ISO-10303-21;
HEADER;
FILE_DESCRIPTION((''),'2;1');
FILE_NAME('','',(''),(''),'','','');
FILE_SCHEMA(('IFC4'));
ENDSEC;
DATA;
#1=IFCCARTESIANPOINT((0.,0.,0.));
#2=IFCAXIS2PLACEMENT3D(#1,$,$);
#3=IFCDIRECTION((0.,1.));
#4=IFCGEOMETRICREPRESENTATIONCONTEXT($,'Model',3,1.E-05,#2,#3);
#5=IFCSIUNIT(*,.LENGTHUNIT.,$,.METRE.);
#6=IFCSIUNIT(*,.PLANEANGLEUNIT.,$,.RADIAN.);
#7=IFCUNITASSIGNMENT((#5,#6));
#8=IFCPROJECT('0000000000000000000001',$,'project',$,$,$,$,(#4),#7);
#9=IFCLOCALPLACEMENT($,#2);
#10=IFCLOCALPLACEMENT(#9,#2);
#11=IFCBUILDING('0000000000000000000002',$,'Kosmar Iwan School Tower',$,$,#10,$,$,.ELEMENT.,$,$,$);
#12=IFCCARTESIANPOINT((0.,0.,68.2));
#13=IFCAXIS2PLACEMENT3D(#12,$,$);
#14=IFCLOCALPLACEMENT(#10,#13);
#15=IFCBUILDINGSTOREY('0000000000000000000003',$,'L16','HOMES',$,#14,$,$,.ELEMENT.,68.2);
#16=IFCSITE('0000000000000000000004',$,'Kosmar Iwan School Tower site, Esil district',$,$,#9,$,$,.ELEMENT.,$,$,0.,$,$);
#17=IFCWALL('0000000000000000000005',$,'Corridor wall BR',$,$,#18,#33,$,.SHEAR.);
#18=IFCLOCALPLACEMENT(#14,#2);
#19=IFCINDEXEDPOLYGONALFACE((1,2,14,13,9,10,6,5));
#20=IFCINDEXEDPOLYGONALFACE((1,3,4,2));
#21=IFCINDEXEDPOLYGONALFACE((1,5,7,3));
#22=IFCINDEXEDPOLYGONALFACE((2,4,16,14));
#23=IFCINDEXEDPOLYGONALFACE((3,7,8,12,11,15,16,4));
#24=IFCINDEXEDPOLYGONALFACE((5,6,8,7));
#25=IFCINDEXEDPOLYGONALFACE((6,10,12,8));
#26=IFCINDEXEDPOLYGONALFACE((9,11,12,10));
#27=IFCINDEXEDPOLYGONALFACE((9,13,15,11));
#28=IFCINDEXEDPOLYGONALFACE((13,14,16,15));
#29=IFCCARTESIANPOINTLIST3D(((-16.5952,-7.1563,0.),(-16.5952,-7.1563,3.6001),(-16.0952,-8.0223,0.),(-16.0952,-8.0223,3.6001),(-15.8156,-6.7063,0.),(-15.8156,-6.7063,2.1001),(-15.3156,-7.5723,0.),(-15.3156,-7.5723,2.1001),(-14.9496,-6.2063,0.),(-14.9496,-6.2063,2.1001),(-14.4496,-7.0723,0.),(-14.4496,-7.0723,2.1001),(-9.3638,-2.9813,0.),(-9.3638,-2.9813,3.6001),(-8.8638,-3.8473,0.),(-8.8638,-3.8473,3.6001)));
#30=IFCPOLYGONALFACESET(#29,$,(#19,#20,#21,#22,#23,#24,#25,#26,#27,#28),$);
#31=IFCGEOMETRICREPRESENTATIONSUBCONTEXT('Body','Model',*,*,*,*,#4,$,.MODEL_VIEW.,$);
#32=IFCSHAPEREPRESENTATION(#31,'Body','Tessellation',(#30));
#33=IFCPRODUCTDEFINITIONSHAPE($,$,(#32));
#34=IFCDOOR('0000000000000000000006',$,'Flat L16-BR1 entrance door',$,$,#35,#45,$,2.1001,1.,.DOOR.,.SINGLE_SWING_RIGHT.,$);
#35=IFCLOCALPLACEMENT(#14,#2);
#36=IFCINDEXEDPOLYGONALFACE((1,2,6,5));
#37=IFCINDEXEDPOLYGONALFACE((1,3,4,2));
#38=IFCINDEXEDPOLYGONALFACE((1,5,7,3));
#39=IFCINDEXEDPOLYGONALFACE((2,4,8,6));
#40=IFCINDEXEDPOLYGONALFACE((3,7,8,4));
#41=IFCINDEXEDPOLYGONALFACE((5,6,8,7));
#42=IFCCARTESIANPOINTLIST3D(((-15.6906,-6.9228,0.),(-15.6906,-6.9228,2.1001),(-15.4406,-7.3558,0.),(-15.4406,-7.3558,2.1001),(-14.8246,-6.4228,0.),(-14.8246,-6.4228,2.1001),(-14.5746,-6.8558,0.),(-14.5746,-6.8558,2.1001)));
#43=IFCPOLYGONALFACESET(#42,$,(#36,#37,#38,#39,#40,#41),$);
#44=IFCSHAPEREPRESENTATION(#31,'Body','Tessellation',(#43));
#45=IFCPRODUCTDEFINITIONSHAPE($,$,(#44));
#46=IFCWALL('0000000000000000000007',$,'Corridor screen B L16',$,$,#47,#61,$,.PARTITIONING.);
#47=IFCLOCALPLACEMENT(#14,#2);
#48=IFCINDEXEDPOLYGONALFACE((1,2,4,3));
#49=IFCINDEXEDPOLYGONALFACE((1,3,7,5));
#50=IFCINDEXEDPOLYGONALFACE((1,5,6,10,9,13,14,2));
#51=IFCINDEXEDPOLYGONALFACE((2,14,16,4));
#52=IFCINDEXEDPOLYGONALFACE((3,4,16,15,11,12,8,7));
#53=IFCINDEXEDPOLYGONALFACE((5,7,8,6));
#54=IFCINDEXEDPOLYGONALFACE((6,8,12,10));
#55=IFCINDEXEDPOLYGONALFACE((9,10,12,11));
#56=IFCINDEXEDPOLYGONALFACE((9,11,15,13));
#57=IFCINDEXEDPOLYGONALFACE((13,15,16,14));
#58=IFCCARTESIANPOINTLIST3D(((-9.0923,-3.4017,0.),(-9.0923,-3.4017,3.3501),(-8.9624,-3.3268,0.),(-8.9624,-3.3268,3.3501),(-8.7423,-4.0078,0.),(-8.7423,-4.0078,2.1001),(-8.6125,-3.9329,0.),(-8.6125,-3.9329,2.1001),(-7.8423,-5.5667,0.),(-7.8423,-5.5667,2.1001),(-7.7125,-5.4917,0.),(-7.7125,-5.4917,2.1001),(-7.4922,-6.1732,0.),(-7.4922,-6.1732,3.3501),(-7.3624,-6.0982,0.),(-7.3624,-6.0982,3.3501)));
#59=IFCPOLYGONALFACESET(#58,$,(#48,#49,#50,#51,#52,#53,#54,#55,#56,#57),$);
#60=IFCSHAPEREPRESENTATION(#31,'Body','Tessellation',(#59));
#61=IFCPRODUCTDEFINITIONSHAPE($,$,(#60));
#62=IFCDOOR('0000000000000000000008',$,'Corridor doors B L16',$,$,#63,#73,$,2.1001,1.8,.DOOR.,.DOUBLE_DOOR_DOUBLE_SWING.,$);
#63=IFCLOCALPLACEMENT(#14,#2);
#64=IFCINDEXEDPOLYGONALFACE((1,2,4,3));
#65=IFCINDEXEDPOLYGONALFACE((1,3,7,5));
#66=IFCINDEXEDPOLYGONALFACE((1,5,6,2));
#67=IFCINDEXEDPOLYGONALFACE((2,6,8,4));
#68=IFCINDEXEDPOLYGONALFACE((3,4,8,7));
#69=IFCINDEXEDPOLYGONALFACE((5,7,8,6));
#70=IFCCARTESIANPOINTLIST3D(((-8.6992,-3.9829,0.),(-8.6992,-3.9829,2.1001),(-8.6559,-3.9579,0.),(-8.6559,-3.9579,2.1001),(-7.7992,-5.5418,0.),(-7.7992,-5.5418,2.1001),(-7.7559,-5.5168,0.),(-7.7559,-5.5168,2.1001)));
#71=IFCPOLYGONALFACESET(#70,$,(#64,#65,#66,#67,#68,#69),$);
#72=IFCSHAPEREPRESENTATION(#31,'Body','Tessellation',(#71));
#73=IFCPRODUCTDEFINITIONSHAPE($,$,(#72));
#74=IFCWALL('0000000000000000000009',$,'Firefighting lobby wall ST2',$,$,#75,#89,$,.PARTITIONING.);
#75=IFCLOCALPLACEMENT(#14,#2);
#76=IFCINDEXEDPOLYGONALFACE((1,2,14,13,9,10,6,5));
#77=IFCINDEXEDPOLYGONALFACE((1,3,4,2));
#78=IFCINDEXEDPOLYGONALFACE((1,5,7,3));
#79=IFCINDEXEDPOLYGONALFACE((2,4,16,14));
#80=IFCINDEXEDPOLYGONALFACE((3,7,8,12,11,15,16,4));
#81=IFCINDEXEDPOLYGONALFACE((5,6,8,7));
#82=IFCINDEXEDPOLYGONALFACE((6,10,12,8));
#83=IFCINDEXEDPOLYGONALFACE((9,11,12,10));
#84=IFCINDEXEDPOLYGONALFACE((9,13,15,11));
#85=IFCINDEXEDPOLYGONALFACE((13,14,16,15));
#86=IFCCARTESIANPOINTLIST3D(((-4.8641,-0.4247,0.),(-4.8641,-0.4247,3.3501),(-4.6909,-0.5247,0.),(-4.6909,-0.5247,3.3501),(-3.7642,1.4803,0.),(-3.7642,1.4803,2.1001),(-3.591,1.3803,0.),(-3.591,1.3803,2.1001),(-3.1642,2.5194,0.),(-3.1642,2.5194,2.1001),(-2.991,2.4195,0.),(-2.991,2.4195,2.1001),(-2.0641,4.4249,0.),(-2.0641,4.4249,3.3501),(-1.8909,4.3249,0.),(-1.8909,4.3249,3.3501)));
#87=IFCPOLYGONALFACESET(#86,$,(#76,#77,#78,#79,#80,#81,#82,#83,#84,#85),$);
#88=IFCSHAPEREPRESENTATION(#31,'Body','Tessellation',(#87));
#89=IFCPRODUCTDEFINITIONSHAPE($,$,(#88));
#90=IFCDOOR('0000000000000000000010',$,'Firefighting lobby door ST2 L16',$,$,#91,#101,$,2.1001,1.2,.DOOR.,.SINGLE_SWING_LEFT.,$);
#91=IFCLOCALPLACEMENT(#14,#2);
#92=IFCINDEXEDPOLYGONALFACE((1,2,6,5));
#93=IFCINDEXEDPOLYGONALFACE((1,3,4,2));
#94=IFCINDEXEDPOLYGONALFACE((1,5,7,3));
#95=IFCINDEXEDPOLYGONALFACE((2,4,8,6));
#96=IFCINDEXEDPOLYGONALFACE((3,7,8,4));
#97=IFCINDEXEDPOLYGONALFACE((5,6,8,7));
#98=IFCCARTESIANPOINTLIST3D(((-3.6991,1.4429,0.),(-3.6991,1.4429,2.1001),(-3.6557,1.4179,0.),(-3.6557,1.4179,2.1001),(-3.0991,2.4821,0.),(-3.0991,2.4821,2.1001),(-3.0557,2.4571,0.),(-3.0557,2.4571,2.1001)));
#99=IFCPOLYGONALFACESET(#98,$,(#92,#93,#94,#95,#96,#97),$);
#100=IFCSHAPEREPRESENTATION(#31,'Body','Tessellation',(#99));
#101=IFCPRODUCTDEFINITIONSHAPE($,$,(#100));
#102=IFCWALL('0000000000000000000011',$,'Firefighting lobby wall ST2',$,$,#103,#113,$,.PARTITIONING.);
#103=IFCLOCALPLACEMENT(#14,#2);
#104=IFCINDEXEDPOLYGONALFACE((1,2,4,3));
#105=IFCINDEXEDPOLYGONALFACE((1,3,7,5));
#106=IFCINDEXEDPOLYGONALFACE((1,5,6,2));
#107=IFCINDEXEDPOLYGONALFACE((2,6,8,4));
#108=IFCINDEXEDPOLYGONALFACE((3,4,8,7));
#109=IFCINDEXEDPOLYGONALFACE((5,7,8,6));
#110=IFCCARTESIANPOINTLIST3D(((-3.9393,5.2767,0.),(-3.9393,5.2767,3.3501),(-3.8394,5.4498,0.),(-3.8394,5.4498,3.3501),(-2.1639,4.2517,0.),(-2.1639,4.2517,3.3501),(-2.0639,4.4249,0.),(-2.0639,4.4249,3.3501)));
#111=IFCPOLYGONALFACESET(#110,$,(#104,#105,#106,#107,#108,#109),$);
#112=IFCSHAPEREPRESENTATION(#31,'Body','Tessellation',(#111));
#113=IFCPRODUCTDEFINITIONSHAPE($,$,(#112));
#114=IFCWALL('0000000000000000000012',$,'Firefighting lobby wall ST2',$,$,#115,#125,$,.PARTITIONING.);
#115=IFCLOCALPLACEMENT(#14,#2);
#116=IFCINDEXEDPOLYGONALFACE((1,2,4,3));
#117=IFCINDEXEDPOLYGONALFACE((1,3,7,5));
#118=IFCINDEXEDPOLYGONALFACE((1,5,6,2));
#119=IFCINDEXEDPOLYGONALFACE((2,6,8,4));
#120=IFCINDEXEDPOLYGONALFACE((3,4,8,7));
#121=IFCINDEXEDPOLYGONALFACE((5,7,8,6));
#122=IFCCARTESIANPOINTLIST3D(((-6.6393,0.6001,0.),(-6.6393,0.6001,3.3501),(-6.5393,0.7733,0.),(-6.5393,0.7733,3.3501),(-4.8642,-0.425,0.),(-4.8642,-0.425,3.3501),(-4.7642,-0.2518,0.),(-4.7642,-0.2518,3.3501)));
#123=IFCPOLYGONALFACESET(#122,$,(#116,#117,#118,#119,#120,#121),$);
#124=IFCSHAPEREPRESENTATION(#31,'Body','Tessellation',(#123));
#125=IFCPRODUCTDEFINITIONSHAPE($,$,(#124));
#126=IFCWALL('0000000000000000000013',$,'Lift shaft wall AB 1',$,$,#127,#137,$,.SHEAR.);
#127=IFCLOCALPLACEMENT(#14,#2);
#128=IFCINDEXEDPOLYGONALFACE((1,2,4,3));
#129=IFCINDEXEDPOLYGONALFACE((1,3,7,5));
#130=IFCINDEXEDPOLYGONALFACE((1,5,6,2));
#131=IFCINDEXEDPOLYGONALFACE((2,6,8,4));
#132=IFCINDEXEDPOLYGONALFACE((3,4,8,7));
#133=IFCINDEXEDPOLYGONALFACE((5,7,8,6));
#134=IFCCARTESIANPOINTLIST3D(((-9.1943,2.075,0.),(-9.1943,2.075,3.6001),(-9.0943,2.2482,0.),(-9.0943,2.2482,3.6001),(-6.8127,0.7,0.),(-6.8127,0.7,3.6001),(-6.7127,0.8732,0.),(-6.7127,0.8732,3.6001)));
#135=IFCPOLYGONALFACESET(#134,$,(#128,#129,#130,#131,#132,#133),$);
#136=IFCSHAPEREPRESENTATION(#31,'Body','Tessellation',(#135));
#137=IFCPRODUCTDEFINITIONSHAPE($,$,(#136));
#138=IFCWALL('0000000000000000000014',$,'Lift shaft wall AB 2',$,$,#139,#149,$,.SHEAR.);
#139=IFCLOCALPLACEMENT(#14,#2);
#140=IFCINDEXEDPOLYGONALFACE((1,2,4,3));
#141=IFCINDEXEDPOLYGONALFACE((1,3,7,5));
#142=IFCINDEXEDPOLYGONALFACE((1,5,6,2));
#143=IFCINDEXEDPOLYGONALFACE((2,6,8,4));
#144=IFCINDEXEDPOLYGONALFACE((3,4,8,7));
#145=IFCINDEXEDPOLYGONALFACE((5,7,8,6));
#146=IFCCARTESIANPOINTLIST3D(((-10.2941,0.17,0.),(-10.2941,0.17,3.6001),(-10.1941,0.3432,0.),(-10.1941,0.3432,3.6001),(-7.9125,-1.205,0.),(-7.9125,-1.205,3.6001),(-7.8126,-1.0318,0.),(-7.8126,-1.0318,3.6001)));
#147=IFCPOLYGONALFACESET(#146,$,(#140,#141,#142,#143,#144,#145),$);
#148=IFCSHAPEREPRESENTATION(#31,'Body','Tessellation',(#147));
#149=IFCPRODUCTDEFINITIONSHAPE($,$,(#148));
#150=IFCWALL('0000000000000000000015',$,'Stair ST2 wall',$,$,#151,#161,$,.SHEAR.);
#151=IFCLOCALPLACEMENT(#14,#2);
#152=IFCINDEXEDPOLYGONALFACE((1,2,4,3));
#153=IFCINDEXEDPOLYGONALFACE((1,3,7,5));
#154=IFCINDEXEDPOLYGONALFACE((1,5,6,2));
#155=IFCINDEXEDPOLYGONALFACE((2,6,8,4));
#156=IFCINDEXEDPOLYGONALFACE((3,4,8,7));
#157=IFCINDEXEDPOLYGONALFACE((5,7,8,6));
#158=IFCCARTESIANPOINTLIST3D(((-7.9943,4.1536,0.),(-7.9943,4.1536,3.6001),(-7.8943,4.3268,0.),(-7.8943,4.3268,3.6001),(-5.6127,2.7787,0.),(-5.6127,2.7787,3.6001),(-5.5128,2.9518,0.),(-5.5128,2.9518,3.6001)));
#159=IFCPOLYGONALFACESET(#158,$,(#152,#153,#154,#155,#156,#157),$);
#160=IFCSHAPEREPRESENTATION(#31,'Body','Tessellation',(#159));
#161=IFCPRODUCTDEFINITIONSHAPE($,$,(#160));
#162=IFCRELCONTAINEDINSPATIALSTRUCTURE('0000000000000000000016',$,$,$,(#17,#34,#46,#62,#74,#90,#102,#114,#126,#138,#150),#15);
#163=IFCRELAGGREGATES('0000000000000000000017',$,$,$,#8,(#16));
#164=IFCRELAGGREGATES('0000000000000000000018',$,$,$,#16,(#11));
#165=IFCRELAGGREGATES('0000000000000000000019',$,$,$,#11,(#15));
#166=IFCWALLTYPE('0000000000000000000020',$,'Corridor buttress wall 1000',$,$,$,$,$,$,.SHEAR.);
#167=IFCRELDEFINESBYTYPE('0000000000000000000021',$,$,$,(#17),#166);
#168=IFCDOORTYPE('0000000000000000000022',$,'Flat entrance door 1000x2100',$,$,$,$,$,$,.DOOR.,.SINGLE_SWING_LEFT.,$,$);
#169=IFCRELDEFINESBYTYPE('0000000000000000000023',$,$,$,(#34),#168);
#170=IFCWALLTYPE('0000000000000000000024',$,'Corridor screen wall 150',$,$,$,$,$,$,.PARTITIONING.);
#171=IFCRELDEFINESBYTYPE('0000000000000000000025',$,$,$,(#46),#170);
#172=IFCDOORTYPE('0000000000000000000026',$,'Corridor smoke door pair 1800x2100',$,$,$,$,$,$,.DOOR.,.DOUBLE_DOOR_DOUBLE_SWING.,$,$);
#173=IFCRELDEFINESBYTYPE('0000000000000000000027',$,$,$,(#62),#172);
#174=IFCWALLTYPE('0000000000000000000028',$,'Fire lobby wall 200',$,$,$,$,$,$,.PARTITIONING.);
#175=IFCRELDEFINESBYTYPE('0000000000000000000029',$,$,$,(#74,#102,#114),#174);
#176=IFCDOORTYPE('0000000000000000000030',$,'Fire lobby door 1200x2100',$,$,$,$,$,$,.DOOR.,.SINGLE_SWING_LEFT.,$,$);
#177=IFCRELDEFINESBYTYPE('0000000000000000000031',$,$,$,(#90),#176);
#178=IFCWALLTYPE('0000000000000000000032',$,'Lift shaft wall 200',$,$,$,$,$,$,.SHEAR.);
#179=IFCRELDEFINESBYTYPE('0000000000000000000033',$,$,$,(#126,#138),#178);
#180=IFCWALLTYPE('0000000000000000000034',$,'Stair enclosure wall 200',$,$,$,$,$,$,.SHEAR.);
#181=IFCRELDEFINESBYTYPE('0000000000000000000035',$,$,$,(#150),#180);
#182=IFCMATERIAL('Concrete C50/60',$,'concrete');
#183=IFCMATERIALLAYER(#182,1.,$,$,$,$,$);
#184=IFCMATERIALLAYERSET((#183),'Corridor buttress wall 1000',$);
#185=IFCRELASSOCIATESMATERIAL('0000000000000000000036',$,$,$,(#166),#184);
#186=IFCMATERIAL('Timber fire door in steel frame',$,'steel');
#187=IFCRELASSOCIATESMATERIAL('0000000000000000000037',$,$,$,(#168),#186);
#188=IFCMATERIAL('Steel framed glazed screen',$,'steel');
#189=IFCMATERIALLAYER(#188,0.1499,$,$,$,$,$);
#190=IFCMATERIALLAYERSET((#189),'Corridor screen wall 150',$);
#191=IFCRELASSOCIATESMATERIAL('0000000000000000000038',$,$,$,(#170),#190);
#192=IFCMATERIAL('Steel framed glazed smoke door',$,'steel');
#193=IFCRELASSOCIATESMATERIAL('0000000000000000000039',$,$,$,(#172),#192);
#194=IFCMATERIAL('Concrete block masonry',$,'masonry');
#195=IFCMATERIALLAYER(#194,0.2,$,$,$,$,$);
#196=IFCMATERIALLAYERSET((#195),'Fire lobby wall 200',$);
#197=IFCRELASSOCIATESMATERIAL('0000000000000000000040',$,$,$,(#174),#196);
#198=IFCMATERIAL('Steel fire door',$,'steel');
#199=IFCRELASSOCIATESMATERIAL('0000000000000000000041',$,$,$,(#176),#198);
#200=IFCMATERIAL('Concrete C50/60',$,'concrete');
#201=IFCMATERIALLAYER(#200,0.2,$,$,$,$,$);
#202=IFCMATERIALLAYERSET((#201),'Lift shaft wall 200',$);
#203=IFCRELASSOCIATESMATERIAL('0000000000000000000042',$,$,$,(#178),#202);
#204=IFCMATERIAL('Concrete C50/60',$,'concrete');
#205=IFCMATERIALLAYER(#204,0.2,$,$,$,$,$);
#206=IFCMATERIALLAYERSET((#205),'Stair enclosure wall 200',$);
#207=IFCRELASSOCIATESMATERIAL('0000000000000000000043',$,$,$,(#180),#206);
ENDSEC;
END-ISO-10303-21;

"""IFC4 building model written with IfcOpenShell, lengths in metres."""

from ifc_helpers import new_model, si_unit, direction, frame, frame_2d, origin, place, context, subcontext, project, spatial, rectangle, extrude, material, layer, layer_set, type_object, element, fill, save


model = new_model("IFC4")

# Units and contexts
model_context = context("Model", 3, precision=1e-05, world=origin(), true_north=direction((0.0, 1.0)))
body_context = subcontext(model_context, "Body", "Model", "MODEL_VIEW")
ifc_project = project(units=[si_unit("LENGTHUNIT", "METRE"), si_unit("PLANEANGLEUNIT", "RADIAN")], contexts=[model_context])

# Site, building, storey
site_placement = place(None, origin())
site = spatial("IfcSite", under=ifc_project, at=site_placement, Name="Kosmar Iwan School Tower site, Esil district", CompositionType="ELEMENT", RefElevation=0.0)
building_placement = place(site_placement, origin())
building = spatial("IfcBuilding", under=site, at=building_placement, Name="Kosmar Iwan School Tower", CompositionType="ELEMENT")
storey_placement = place(building_placement, frame((0.0, 0.0, 68.2)))
storey = spatial("IfcBuildingStorey", under=building, at=storey_placement, Name="L16", Description="HOMES", CompositionType="ELEMENT", Elevation=68.2)

# Walls, openings, doors
ifc_material_1 = material(Name="Concrete C50/60", Category="concrete")
ifc_layer_1 = layer(ifc_material_1, 1.0)
ifc_layer_set_1 = layer_set([ifc_layer_1], Name="Corridor buttress wall 1000")
wall_type_1 = type_object("IfcWallType", Name="Corridor buttress wall 1000", PredefinedType="SHEAR", material=ifc_layer_set_1)
wall_1_placement = place(storey_placement, frame((-9.1138, -3.4143, 0.0), z_axis=(0.0, 0.0, 1.0), x_axis=(-0.866027, -0.499997, 0.0)))
wall_1 = element("IfcWall", 1, at=wall_1_placement, inside=storey, type_object=wall_type_1, Name="Corridor wall BR", PredefinedType="SHEAR", context=body_context, shape_type="SweptSolid", body=[
    extrude(rectangle(XDim=8.3501, YDim=1.0, at=frame_2d((4.175, 0.0))), origin(), (0.0, 0.0, 1.0), 3.6001),
])
opening_1_placement = place(wall_1_placement, frame((6.45, 0.0, 0.0)))
opening_1 = element("IfcOpeningElement", 2, at=opening_1_placement, cuts=wall_1, PredefinedType="OPENING", context=body_context, shape_type="SweptSolid", body=[
    extrude(rectangle(XDim=1.0, YDim=2.1001, at=frame_2d((0.5, 1.05))), frame((0.0, 0.512, 0.0), z_axis=(0.0, -1.0, 0.0), x_axis=(1.0, 0.0, 0.0)), (0.0, 0.0, 1.0), 1.0239),
])
ifc_material_2 = material(Name="Timber fire door in steel frame", Category="steel")
door_type_1 = type_object("IfcDoorType", Name="Flat entrance door 1000x2100", OperationType="SINGLE_SWING_LEFT", PredefinedType="DOOR", material=ifc_material_2)
door_1_placement = place(opening_1_placement, origin())
door_1 = element("IfcDoor", 3, at=door_1_placement, inside=storey, type_object=door_type_1, Name="Flat L16-BR1 entrance door", OperationType="SINGLE_SWING_RIGHT", OverallHeight=2.1001, OverallWidth=1.0, PredefinedType="DOOR", context=body_context, shape_type="SweptSolid", body=[
    extrude(rectangle(XDim=1.0, YDim=2.1001, at=frame_2d((0.5, 1.05))), frame((0.0, 0.25, 0.0), z_axis=(0.0, -1.0, 0.0), x_axis=(1.0, 0.0, 0.0)), (0.0, 0.0, 1.0), 0.5),
])
fill(opening_1, door_1)
ifc_material_3 = material(Name="Steel framed glazed screen", Category="steel")
ifc_layer_2 = layer(ifc_material_3, 0.1499)
ifc_layer_set_2 = layer_set([ifc_layer_2], Name="Corridor screen wall 150")
wall_type_2 = type_object("IfcWallType", Name="Corridor screen wall 150", PredefinedType="PARTITIONING", material=ifc_layer_set_2)
wall_2_placement = place(storey_placement, frame((-9.0273, -3.3643, 0.0), z_axis=(0.0, 0.0, 1.0), x_axis=(0.499995, -0.866028, 0.0)))
wall_2 = element("IfcWall", 4, at=wall_2_placement, inside=storey, type_object=wall_type_2, Name="Corridor screen B L16", PredefinedType="PARTITIONING", context=body_context, shape_type="SweptSolid", body=[
    extrude(rectangle(XDim=3.2002, YDim=0.1499, at=frame_2d((1.6001, 0.0))), origin(), (0.0, 0.0, 1.0), 3.3501),
])
opening_2_placement = place(wall_2_placement, frame((0.7, 0.0, 0.0)))
opening_2 = element("IfcOpeningElement", 5, at=opening_2_placement, cuts=wall_2, PredefinedType="OPENING", context=body_context, shape_type="SweptSolid", body=[
    extrude(rectangle(XDim=1.8, YDim=2.1001, at=frame_2d((0.8999, 1.05))), frame((0.0, 0.0869, 0.0), z_axis=(0.0, -1.0, 0.0), x_axis=(1.0, 0.0, 0.0)), (0.0, 0.0, 1.0), 0.1738),
])
ifc_material_4 = material(Name="Steel framed glazed smoke door", Category="steel")
door_type_2 = type_object("IfcDoorType", Name="Corridor smoke door pair 1800x2100", OperationType="DOUBLE_DOOR_DOUBLE_SWING", PredefinedType="DOOR", material=ifc_material_4)
door_2_placement = place(opening_2_placement, origin())
door_2 = element("IfcDoor", 6, at=door_2_placement, inside=storey, type_object=door_type_2, Name="Corridor doors B L16", OperationType="DOUBLE_DOOR_DOUBLE_SWING", OverallHeight=2.1001, OverallWidth=1.8, PredefinedType="DOOR", context=body_context, shape_type="SweptSolid", body=[
    extrude(rectangle(XDim=1.8, YDim=2.1001, at=frame_2d((0.8999, 1.05))), frame((0.0, 0.0249, 0.0), z_axis=(0.0, -1.0, 0.0), x_axis=(1.0, 0.0, 0.0)), (0.0, 0.0, 1.0), 0.05),
])
fill(opening_2, door_2)
ifc_material_5 = material(Name="Concrete block masonry", Category="masonry")
ifc_layer_3 = layer(ifc_material_5, 0.2)
ifc_layer_set_3 = layer_set([ifc_layer_3], Name="Fire lobby wall 200")
wall_type_3 = type_object("IfcWallType", Name="Fire lobby wall 200", PredefinedType="PARTITIONING", material=ifc_layer_set_3)
wall_3_placement = place(storey_placement, frame((-1.9775, 4.3748, 0.0), z_axis=(0.0, 0.0, 1.0), x_axis=(-0.500017, -0.866016, 0.0)))
wall_3 = element("IfcWall", 7, at=wall_3_placement, inside=storey, type_object=wall_type_3, Name="Firefighting lobby wall ST2", PredefinedType="PARTITIONING", context=body_context, shape_type="SweptSolid", body=[
    extrude(rectangle(XDim=5.5999, YDim=0.2, at=frame_2d((2.7998, 0.0))), origin(), (0.0, 0.0, 1.0), 3.3501),
])
opening_3_placement = place(wall_3_placement, frame((2.2, 0.0, 0.0)))
opening_3 = element("IfcOpeningElement", 8, at=opening_3_placement, cuts=wall_3, PredefinedType="OPENING", context=body_context, shape_type="SweptSolid", body=[
    extrude(rectangle(XDim=1.2, YDim=2.1001, at=frame_2d((0.6001, 1.05))), frame((0.0, 0.1121, 0.0), z_axis=(0.0, -1.0, 0.0), x_axis=(1.0, 0.0, 0.0)), (0.0, 0.0, 1.0), 0.2239),
])
ifc_material_6 = material(Name="Steel fire door", Category="steel")
door_type_3 = type_object("IfcDoorType", Name="Fire lobby door 1200x2100", OperationType="SINGLE_SWING_LEFT", PredefinedType="DOOR", material=ifc_material_6)
door_3_placement = place(opening_3_placement, frame((1.2, 0.0, 0.0), z_axis=(0.0, 0.0, 1.0), x_axis=(-1.0, 0.0, 0.0)))
door_3 = element("IfcDoor", 9, at=door_3_placement, inside=storey, type_object=door_type_3, Name="Firefighting lobby door ST2 L16", OperationType="SINGLE_SWING_LEFT", OverallHeight=2.1001, OverallWidth=1.2, PredefinedType="DOOR", context=body_context, shape_type="SweptSolid", body=[
    extrude(rectangle(XDim=1.2, YDim=2.1001, at=frame_2d((0.6001, 1.05))), frame((0.0, 0.0249, 0.0), z_axis=(0.0, -1.0, 0.0), x_axis=(1.0, 0.0, 0.0)), (0.0, 0.0, 1.0), 0.05),
])
fill(opening_3, door_3)

# Walls
wall_4_placement = place(storey_placement, frame((-2.114, 4.3384, 0.0), z_axis=(0.0, 0.0, 1.0), x_axis=(-0.866051, 0.499956, 0.0)))
element("IfcWall", 10, at=wall_4_placement, inside=storey, type_object=wall_type_3, Name="Firefighting lobby wall ST2", PredefinedType="PARTITIONING", context=body_context, shape_type="SweptSolid", body=[
    extrude(rectangle(XDim=2.05, YDim=0.2, at=frame_2d((1.0249, 0.0))), origin(), (0.0, 0.0, 1.0), 3.3501),
])
wall_5_placement = place(storey_placement, frame((-4.8142, -0.3384, 0.0), z_axis=(0.0, 0.0, 1.0), x_axis=(-0.865969, 0.500097, 0.0)))
element("IfcWall", 11, at=wall_5_placement, inside=storey, type_object=wall_type_3, Name="Firefighting lobby wall ST2", PredefinedType="PARTITIONING", context=body_context, shape_type="SweptSolid", body=[
    extrude(rectangle(XDim=2.0498, YDim=0.2, at=frame_2d((1.0249, 0.0))), origin(), (0.0, 0.0, 1.0), 3.3501),
])
ifc_material_7 = material(Name="Concrete C50/60", Category="concrete")
ifc_layer_4 = layer(ifc_material_7, 0.2)
ifc_layer_set_4 = layer_set([ifc_layer_4], Name="Lift shaft wall 200")
wall_type_4 = type_object("IfcWallType", Name="Lift shaft wall 200", PredefinedType="SHEAR", material=ifc_layer_set_4)
for number, where, z_axis, x_axis, name in (
    (12, (-6.7627, 0.7866, 0.0), (0.0, 0.0, 1.0), (-0.866027, 0.499997, 0.0), "Lift shaft wall AB 1"),
    (13, (-7.8625, -1.1184, 0.0), (0.0, 0.0, 1.0), (-0.866027, 0.499997, 0.0), "Lift shaft wall AB 2"),
):
    element("IfcWall", number, at=place(storey_placement, frame(where, z_axis=z_axis, x_axis=x_axis)), inside=storey, type_object=wall_type_4, Name=name, PredefinedType="SHEAR", context=body_context, shape_type="SweptSolid", body=[
        extrude(rectangle(XDim=2.75, YDim=0.2, at=frame_2d((1.375, 0.0))), origin(), (0.0, 0.0, 1.0), 3.6001),
    ])
ifc_material_8 = material(Name="Concrete C50/60", Category="concrete")
ifc_layer_5 = layer(ifc_material_8, 0.2)
ifc_layer_set_5 = layer_set([ifc_layer_5], Name="Stair enclosure wall 200")
wall_type_5 = type_object("IfcWallType", Name="Stair enclosure wall 200", PredefinedType="SHEAR", material=ifc_layer_set_5)
wall_6_placement = place(storey_placement, frame((-5.5627, 2.8652, 0.0), z_axis=(0.0, 0.0, 1.0), x_axis=(-0.866027, 0.499997, 0.0)))
element("IfcWall", 14, at=wall_6_placement, inside=storey, type_object=wall_type_5, Name="Stair ST2 wall", PredefinedType="SHEAR", context=body_context, shape_type="SweptSolid", body=[
    extrude(rectangle(XDim=2.75, YDim=0.2, at=frame_2d((1.375, 0.0))), origin(), (0.0, 0.0, 1.0), 3.6001),
])

save(model, "model.ifc")
